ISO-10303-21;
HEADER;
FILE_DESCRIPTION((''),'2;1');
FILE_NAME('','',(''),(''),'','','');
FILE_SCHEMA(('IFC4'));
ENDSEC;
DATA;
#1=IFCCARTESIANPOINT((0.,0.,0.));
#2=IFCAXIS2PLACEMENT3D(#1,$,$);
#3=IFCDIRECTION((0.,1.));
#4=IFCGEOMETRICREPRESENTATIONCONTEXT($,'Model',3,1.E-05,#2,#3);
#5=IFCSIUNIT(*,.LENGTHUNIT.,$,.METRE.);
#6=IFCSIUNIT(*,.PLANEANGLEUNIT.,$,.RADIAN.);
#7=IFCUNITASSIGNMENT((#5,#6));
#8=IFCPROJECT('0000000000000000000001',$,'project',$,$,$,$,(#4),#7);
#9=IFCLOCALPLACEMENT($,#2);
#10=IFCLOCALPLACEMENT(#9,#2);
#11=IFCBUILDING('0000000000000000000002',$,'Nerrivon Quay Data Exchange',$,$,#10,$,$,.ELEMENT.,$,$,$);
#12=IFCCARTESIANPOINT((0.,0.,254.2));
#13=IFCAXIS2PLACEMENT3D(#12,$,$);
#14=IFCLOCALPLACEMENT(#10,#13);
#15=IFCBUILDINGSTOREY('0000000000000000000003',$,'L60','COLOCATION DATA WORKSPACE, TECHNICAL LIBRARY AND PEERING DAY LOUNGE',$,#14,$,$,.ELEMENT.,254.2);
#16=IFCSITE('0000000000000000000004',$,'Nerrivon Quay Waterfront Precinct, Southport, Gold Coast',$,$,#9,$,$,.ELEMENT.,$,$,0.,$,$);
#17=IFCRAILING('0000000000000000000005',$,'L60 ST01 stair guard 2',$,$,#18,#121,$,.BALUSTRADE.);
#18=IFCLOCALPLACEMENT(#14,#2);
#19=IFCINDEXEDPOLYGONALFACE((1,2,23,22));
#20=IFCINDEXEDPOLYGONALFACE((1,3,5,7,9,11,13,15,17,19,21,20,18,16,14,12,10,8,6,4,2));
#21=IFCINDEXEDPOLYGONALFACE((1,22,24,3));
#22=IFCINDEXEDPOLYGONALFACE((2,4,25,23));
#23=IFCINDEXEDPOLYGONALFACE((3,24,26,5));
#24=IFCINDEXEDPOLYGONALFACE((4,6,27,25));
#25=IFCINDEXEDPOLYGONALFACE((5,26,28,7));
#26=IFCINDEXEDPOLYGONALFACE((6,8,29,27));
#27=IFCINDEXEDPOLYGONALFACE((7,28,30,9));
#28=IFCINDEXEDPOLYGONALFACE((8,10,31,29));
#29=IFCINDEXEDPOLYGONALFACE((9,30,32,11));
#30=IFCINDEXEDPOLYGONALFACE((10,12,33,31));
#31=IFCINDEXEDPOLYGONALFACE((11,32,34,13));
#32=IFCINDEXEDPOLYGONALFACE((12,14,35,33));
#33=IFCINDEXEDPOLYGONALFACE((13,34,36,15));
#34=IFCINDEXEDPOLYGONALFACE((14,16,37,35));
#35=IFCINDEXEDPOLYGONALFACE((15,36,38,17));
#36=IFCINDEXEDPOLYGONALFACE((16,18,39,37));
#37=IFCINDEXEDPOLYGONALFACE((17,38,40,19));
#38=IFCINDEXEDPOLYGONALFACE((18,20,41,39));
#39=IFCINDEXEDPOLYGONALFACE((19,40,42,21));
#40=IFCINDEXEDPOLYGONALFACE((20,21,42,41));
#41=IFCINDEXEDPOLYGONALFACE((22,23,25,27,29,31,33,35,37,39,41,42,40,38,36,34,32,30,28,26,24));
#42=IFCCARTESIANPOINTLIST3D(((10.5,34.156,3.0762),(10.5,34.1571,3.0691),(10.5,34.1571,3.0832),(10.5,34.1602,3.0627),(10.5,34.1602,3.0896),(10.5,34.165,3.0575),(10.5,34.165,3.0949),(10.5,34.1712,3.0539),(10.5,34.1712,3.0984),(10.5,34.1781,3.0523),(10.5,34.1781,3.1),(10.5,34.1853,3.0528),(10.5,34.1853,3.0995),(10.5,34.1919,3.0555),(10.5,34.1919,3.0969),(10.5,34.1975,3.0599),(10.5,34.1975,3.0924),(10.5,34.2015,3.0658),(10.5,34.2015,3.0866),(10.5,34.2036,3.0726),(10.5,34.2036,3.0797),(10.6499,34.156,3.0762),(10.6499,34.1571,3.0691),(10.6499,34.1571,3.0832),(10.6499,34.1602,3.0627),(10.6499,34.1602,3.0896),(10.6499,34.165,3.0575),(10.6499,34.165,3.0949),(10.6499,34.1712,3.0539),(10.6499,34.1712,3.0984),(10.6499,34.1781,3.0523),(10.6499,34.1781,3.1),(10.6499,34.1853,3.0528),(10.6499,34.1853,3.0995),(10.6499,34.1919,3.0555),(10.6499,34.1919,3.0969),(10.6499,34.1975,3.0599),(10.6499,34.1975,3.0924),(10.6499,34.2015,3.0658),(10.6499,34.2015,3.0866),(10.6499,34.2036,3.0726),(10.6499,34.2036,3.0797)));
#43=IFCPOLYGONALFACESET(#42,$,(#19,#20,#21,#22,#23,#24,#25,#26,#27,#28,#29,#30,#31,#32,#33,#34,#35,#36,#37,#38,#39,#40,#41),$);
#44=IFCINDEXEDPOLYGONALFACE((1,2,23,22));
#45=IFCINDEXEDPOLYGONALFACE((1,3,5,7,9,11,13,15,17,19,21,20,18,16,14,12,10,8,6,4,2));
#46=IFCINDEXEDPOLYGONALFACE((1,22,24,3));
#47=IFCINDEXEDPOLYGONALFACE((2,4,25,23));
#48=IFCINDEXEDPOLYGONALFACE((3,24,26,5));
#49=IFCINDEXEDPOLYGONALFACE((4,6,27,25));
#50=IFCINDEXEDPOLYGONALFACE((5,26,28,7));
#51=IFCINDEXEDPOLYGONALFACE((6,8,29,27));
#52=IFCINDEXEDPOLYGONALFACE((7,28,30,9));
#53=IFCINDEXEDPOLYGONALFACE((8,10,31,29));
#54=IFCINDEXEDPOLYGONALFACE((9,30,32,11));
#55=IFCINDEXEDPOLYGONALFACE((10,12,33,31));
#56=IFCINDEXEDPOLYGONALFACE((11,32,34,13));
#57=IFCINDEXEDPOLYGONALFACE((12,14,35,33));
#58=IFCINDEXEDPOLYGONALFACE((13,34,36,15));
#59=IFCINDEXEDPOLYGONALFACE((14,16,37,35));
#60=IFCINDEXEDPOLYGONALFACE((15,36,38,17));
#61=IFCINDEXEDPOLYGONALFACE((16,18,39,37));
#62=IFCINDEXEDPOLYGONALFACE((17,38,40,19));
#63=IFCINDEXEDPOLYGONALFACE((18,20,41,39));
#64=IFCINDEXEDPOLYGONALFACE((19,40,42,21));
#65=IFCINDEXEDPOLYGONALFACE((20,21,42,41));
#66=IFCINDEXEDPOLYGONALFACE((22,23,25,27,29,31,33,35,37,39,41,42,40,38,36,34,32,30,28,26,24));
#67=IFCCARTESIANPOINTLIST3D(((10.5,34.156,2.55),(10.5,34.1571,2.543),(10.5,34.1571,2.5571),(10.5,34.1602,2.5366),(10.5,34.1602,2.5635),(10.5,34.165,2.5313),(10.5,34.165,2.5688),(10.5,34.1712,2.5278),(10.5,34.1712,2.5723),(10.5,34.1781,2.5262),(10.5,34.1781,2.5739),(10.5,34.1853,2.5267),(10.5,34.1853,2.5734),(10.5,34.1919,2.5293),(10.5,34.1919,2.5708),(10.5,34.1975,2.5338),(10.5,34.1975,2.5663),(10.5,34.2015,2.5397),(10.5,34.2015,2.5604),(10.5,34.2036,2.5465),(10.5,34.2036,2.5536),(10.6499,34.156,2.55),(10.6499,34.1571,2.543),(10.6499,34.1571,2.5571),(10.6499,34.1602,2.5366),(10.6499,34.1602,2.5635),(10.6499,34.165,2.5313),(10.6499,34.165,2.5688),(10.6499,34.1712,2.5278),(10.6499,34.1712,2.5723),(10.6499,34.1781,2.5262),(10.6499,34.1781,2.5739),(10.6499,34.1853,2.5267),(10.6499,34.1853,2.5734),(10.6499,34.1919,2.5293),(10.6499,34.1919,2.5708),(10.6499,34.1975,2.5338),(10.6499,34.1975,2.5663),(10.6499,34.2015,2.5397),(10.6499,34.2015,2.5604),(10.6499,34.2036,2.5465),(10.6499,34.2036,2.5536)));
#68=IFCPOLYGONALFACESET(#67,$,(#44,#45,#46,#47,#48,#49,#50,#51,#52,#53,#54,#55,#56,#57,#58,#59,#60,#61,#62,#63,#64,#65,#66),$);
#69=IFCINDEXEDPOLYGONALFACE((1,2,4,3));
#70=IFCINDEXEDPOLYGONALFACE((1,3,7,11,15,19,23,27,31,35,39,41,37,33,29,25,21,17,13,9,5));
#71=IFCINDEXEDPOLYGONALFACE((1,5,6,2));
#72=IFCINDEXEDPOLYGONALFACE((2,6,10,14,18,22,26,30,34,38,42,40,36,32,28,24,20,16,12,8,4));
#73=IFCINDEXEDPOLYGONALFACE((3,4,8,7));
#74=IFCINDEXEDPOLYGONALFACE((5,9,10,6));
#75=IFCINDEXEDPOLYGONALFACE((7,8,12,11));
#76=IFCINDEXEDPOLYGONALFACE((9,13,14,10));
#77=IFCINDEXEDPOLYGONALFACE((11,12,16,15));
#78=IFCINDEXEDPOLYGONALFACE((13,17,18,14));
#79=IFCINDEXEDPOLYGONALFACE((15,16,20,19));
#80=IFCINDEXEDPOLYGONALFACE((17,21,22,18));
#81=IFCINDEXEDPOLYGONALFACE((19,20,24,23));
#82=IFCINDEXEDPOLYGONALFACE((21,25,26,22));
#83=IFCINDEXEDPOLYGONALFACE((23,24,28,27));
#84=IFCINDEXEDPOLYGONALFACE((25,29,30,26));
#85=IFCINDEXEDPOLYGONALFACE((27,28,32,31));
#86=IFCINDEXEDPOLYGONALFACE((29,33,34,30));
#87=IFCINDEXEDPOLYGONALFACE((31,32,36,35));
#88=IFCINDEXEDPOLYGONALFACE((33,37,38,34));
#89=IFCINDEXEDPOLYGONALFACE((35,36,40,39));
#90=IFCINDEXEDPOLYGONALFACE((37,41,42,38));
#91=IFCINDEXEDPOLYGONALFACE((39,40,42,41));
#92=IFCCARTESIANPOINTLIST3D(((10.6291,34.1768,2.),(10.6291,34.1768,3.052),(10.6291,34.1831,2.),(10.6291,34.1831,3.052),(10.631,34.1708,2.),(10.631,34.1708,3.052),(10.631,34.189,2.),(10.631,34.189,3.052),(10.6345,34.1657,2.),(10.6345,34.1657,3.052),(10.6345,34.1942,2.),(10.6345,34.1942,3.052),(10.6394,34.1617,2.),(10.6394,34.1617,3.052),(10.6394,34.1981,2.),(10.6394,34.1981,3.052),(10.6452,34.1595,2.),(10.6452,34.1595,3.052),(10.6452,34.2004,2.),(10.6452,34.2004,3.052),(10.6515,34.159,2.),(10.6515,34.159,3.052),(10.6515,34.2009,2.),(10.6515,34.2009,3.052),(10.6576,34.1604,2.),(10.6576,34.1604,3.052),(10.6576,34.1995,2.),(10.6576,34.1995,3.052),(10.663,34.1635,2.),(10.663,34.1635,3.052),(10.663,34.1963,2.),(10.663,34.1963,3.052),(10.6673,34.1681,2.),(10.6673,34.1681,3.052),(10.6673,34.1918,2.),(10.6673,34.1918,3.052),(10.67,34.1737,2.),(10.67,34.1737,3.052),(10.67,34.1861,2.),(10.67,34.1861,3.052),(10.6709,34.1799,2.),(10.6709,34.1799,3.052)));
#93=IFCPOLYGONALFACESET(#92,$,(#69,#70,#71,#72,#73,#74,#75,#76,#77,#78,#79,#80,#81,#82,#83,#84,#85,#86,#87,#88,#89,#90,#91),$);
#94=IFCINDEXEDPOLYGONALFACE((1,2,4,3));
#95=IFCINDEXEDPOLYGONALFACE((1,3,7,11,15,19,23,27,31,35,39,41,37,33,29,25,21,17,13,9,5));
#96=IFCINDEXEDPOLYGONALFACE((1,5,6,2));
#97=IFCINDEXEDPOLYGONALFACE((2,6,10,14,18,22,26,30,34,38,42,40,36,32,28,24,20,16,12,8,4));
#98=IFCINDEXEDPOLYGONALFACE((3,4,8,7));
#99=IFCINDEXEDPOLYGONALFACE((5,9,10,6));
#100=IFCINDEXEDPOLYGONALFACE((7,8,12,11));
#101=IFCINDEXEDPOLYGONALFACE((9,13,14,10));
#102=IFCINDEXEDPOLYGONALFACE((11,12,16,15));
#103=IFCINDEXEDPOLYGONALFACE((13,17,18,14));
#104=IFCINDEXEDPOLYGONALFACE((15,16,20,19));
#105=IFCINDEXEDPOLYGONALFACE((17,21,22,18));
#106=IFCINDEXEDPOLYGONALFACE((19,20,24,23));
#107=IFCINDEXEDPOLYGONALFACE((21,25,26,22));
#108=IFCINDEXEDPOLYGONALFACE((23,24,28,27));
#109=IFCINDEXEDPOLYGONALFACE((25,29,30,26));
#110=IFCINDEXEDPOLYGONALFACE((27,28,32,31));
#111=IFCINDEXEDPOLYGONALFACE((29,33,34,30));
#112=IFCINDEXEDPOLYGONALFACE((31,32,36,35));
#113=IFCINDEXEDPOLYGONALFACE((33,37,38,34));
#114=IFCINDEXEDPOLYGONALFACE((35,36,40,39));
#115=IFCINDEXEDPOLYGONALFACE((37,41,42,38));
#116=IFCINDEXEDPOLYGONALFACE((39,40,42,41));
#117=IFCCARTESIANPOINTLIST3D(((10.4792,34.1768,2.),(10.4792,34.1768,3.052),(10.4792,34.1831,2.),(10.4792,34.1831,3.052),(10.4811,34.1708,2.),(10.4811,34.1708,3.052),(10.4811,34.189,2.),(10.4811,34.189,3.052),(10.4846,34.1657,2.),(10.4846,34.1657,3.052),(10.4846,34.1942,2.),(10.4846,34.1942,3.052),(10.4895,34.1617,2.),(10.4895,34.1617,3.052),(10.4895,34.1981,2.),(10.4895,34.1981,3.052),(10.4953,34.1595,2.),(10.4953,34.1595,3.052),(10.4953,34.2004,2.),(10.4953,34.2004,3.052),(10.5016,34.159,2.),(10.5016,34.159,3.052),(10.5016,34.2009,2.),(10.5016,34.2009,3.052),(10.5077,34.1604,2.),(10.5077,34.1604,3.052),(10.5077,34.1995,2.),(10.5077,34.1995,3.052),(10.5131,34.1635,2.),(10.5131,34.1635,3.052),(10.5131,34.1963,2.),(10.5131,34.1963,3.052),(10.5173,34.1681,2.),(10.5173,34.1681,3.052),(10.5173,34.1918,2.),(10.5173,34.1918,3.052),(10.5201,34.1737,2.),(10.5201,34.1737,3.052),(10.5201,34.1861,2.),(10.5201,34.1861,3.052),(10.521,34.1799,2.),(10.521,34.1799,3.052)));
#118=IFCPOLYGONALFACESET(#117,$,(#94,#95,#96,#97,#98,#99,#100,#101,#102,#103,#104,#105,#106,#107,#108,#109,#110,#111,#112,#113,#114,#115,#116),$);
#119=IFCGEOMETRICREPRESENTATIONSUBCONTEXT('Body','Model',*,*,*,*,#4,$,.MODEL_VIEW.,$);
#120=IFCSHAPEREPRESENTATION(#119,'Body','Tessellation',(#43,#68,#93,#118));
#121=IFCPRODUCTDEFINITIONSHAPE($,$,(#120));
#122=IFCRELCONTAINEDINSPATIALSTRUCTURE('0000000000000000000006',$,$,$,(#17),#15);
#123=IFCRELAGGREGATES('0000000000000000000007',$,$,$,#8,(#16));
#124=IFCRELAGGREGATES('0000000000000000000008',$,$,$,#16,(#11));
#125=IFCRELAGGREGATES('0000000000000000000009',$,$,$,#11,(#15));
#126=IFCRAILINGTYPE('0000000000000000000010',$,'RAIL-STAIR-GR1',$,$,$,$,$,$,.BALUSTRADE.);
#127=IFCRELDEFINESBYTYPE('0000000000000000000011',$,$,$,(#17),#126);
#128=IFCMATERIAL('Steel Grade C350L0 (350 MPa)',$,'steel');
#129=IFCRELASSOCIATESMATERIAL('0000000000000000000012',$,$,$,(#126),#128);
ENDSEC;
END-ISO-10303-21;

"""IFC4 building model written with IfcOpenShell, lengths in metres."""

from ifc_helpers import new_model, si_unit, direction, frame, origin, origin_2d, place, context, subcontext, project, spatial, circle, extrude, material, type_object, element, save


model = new_model("IFC4")

# Units and contexts
model_context = context("Model", 3, precision=1e-05, world=origin(), true_north=direction((0.0, 1.0)))
body_context = subcontext(model_context, "Body", "Model", "MODEL_VIEW")
ifc_project = project(units=[si_unit("LENGTHUNIT", "METRE"), si_unit("PLANEANGLEUNIT", "RADIAN")], contexts=[model_context])

# Site, building, storey
site_placement = place(None, origin())
site = spatial("IfcSite", under=ifc_project, at=site_placement, Name="Nerrivon Quay Waterfront Precinct, Southport, Gold Coast", CompositionType="ELEMENT", RefElevation=0.0)
building_placement = place(site_placement, origin())
building = spatial("IfcBuilding", under=site, at=building_placement, Name="Nerrivon Quay Data Exchange", CompositionType="ELEMENT")
storey_placement = place(building_placement, frame((0.0, 0.0, 254.2)))
storey = spatial("IfcBuildingStorey", under=building, at=storey_placement, Name="L60", Description="COLOCATION DATA WORKSPACE, TECHNICAL LIBRARY AND PEERING DAY LOUNGE", CompositionType="ELEMENT", Elevation=254.2)

# Shared definitions
ifc_material_1 = material(Name="Steel Grade C350L0 (350 MPa)", Category="steel")

# Railing
railing_type_1 = type_object("IfcRailingType", Name="RAIL-STAIR-GR1", PredefinedType="BALUSTRADE", material=ifc_material_1)
railing_1_placement = place(storey_placement, frame((10.6499, 34.1799, 2.0)))
element("IfcRailing", 1, at=railing_1_placement, inside=storey, type_object=railing_type_1, Name="L60 ST01 stair guard 2", PredefinedType="BALUSTRADE", context=body_context, shape_type="SweptSolid", body=[
    extrude(circle(Radius=0.0239, at=origin_2d()), frame((0.0, 0.0, 1.0762), z_axis=(-1.0, 0.0, 0.0), x_axis=(0.0, -1.0, 0.0)), (0.0, 0.0, 1.0), 0.1499),
    extrude(circle(Radius=0.0239, at=origin_2d()), frame((0.0, 0.0, 0.55), z_axis=(-1.0, 0.0, 0.0), x_axis=(0.0, -1.0, 0.0)), (0.0, 0.0, 1.0), 0.1499),
    extrude(circle(Radius=0.021, at=origin_2d()), origin(), (0.0, 0.0, 1.0), 1.052),
    extrude(circle(Radius=0.021, at=origin_2d()), frame((-0.1499, 0.0, 0.0)), (0.0, 0.0, 1.0), 1.052),
])

save(model, "model.ifc")
